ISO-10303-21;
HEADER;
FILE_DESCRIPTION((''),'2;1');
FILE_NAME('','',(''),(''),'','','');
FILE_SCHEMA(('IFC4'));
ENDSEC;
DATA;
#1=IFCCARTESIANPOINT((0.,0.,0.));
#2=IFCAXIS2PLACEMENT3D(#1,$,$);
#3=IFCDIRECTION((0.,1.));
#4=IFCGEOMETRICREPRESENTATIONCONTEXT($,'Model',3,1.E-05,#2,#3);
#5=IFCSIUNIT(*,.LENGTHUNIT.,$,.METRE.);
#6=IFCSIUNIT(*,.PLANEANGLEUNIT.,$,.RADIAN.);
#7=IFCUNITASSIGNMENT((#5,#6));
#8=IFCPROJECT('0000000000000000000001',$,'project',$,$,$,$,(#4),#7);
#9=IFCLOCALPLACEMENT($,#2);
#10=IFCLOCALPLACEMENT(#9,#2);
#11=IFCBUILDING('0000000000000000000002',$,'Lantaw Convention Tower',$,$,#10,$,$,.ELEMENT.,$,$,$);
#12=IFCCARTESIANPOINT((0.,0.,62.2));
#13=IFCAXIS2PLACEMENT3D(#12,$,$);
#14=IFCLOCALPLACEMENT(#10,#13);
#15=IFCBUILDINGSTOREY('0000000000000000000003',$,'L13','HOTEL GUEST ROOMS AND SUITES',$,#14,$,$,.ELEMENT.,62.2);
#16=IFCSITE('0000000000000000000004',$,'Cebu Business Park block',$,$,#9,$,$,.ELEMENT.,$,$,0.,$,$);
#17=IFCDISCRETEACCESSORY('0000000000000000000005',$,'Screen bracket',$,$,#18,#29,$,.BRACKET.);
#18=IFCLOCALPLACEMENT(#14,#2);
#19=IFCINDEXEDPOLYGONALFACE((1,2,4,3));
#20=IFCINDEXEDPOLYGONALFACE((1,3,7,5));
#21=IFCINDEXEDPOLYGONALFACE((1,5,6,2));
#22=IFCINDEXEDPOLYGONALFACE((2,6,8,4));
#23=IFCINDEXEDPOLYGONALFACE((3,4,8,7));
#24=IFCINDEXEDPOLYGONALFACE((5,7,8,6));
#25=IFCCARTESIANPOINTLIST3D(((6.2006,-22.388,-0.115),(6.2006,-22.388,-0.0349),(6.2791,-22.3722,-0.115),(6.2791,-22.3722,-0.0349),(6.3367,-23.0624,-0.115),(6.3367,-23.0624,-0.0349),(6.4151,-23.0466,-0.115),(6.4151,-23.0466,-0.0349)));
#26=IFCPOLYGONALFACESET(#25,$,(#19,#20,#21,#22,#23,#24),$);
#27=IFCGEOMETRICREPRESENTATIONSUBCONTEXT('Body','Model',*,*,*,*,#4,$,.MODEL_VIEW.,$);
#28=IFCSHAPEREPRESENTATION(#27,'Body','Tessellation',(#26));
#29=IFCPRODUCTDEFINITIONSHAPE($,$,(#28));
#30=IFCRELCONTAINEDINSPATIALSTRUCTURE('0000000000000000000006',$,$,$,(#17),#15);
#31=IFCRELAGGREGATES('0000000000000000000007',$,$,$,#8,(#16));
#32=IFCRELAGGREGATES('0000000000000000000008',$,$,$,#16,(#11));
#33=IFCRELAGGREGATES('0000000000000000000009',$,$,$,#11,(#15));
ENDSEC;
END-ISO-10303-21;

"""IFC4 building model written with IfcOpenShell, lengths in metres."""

from ifc_helpers import new_model, si_unit, direction, frame, origin, origin_2d, place, context, subcontext, project, spatial, rectangle, extrude, element, save


model = new_model("IFC4")

# Units and contexts
model_context = context("Model", 3, precision=1e-05, world=origin(), true_north=direction((0.0, 1.0)))
body_context = subcontext(model_context, "Body", "Model", "MODEL_VIEW")
ifc_project = project(units=[si_unit("LENGTHUNIT", "METRE"), si_unit("PLANEANGLEUNIT", "RADIAN")], contexts=[model_context])

# Site, building, storey
site_placement = place(None, origin())
site = spatial("IfcSite", under=ifc_project, at=site_placement, Name="Cebu Business Park block", CompositionType="ELEMENT", RefElevation=0.0)
building_placement = place(site_placement, origin())
building = spatial("IfcBuilding", under=site, at=building_placement, Name="Lantaw Convention Tower", CompositionType="ELEMENT")
storey_placement = place(building_placement, frame((0.0, 0.0, 62.2)))
storey = spatial("IfcBuildingStorey", under=building, at=storey_placement, Name="L13", Description="HOTEL GUEST ROOMS AND SUITES", CompositionType="ELEMENT", Elevation=62.2)

# Discrete accessory
for number, where, z_axis, x_axis, name in (
    (1, (6.3079, -22.7173, -0.115), (0.0, 0.0, 1.0), (0.980245, 0.197789, 0.0), "Screen bracket"),
):
    element("IfcDiscreteAccessory", number, at=place(storey_placement, frame(where, z_axis=z_axis, x_axis=x_axis)), inside=storey, Name=name, PredefinedType="BRACKET", context=body_context, shape_type="SweptSolid", body=[
        extrude(rectangle(XDim=0.0801, YDim=0.688, at=origin_2d()), origin(), (0.0, 0.0, 1.0), 0.0801),
    ])

save(model, "model.ifc")
